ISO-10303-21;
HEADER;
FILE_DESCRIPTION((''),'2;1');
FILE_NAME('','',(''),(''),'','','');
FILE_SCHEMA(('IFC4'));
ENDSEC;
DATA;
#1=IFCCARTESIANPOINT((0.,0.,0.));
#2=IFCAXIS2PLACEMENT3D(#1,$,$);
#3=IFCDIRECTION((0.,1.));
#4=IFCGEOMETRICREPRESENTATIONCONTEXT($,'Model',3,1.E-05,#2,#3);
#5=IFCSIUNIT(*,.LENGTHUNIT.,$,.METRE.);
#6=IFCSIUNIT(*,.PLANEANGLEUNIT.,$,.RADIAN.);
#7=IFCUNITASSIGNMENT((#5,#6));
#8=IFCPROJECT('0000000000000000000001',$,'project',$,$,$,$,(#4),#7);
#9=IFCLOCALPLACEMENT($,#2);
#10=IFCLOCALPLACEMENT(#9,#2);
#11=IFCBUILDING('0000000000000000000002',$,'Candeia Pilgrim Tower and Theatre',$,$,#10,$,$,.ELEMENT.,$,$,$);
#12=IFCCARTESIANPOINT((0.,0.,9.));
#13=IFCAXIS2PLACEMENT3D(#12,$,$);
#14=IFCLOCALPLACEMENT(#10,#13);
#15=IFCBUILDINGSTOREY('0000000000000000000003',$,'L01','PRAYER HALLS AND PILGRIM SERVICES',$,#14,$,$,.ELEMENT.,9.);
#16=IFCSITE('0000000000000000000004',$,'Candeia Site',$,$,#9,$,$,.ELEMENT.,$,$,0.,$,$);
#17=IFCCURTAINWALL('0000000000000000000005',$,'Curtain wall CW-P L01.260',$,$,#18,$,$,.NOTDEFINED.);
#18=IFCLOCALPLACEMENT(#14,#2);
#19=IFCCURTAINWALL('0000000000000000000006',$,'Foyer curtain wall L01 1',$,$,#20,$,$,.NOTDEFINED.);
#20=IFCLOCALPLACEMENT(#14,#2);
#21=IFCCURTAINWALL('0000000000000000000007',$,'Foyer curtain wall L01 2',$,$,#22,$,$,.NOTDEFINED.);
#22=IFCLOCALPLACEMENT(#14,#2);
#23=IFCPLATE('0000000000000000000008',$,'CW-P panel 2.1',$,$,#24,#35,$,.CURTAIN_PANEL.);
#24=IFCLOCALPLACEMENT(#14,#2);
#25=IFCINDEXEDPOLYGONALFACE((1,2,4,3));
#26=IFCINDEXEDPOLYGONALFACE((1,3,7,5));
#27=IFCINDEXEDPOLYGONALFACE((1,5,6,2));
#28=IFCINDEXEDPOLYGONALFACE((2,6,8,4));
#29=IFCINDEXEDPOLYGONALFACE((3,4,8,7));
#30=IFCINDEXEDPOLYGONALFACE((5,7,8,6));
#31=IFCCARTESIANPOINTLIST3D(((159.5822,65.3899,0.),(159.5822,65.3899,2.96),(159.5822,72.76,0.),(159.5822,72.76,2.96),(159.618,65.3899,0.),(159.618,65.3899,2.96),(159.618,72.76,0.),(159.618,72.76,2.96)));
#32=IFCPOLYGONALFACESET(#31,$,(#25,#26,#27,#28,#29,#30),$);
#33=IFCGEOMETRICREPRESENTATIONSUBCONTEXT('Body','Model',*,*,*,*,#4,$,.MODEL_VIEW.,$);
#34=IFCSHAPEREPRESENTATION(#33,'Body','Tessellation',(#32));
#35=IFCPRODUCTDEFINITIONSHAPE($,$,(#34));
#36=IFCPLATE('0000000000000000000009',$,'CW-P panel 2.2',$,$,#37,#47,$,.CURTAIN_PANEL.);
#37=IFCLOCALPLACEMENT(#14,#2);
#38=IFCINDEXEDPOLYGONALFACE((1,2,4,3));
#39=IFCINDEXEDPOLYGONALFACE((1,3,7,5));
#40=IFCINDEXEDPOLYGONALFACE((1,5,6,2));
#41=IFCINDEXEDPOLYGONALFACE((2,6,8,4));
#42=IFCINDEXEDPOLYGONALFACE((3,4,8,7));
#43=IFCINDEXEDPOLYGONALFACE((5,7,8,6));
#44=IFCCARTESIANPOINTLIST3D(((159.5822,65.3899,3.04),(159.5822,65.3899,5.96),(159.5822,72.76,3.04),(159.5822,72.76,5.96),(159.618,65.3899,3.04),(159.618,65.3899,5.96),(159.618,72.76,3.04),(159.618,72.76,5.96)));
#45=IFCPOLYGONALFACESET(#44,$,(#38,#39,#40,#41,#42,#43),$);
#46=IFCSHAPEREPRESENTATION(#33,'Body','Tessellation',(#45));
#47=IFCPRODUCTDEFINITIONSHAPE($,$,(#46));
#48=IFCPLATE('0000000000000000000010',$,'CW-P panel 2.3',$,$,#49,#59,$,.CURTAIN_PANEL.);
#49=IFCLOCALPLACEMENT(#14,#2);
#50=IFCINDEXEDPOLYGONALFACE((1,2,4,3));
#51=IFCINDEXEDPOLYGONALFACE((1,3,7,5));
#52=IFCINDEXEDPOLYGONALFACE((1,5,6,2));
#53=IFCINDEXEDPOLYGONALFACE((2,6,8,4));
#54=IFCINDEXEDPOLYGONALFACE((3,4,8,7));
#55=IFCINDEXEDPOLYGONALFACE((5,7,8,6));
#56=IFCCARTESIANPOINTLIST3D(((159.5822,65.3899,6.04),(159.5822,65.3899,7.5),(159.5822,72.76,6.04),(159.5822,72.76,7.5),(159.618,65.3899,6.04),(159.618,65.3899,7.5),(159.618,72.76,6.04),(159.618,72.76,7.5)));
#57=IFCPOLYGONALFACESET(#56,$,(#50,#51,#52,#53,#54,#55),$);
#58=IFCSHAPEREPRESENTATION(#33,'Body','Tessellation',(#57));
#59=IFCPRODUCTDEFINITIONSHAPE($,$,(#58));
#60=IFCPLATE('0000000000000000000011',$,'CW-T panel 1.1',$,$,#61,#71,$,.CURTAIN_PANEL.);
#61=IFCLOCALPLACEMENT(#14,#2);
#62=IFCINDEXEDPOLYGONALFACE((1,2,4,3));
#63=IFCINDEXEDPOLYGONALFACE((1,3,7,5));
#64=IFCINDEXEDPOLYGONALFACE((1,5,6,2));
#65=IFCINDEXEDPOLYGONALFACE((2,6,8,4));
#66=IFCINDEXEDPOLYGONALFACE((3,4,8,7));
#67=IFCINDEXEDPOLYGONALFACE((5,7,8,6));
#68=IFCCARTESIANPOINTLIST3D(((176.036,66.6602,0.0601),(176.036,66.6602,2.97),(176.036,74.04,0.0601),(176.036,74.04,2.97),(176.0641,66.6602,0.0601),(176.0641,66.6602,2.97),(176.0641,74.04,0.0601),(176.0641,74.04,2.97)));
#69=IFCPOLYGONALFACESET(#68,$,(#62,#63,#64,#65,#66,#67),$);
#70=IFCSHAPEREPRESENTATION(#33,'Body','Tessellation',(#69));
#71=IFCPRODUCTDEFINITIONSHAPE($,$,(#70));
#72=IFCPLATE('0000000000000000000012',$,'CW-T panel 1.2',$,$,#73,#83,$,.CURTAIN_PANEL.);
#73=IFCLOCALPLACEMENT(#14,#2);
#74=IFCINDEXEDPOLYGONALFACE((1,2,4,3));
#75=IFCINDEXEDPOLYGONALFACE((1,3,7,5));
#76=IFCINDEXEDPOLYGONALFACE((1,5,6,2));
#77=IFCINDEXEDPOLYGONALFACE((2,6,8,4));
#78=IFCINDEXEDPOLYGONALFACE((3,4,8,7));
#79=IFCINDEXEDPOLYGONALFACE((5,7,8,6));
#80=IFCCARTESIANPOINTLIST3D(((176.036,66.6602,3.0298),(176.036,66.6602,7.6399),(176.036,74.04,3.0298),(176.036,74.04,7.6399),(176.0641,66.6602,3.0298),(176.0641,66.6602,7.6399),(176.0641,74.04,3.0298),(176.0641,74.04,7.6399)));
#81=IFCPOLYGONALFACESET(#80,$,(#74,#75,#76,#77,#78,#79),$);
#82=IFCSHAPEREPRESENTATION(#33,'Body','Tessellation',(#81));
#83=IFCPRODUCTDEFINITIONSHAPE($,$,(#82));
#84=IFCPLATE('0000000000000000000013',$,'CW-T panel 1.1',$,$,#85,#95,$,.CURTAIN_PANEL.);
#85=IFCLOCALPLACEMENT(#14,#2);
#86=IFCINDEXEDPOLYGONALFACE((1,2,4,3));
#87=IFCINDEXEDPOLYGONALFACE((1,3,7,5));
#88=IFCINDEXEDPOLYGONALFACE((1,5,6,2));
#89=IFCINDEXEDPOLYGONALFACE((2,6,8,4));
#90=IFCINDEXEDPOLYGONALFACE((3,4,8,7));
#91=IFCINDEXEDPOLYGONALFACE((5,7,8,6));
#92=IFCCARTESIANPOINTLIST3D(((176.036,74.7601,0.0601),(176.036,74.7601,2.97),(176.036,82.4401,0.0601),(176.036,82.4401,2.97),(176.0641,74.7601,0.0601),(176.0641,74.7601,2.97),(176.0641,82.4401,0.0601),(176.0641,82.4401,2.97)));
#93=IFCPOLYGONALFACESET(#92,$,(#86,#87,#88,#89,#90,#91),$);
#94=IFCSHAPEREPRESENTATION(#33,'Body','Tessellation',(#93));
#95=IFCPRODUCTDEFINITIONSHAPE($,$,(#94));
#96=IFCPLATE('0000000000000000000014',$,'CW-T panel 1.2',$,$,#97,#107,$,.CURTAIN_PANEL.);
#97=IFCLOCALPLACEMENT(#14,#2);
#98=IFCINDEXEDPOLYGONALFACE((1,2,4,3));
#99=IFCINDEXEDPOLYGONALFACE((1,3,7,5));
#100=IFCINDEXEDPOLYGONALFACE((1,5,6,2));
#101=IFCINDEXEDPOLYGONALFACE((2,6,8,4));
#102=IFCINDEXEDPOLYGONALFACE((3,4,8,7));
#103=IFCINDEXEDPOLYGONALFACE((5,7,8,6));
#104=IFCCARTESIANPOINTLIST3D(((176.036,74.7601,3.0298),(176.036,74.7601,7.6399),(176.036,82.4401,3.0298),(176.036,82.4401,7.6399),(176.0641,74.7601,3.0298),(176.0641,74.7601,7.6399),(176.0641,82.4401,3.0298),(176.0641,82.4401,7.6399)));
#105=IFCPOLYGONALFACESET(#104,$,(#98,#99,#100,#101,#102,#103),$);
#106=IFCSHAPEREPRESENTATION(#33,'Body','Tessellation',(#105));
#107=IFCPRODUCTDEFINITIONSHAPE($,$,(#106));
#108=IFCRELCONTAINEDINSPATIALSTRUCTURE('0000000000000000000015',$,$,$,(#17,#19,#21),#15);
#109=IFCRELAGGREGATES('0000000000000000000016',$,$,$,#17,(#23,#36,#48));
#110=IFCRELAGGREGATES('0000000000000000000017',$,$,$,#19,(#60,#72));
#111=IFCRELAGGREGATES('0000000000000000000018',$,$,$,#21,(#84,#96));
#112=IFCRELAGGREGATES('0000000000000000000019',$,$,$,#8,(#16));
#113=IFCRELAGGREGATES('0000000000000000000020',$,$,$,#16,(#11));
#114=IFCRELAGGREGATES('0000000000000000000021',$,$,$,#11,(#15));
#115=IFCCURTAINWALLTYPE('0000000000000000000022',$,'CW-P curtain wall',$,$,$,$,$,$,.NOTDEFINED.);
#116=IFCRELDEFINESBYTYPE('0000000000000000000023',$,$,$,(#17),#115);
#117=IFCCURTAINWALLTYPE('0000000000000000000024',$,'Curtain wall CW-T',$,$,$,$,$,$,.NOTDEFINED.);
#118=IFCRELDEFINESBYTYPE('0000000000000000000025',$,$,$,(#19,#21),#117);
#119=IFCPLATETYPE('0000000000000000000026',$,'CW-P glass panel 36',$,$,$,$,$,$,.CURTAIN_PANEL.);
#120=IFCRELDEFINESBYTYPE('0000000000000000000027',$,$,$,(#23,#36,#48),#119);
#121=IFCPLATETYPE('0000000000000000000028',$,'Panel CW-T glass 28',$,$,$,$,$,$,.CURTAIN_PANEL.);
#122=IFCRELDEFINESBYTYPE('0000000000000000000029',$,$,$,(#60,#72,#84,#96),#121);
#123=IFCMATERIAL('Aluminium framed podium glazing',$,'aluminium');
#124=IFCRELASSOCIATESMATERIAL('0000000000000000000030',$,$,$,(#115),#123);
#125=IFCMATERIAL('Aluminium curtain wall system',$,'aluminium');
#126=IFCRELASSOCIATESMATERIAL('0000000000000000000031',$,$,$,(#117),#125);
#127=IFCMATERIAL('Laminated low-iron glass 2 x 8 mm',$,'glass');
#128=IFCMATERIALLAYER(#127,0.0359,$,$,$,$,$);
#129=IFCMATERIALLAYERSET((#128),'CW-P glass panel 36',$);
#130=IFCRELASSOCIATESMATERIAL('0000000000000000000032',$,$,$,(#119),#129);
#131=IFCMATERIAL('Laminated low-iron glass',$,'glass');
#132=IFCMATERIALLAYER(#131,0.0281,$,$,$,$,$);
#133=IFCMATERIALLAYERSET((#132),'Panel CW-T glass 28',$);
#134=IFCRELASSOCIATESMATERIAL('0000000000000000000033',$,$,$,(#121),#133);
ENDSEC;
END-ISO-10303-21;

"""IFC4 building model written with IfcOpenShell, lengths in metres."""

from ifc_helpers import new_model, si_unit, direction, frame, origin, origin_2d, place, context, subcontext, project, spatial, rectangle, extrude, material, layer, layer_set, type_object, element, aggregate, save


model = new_model("IFC4")

# Units and contexts
model_context = context("Model", 3, precision=1e-05, world=origin(), true_north=direction((0.0, 1.0)))
body_context = subcontext(model_context, "Body", "Model", "MODEL_VIEW")
ifc_project = project(units=[si_unit("LENGTHUNIT", "METRE"), si_unit("PLANEANGLEUNIT", "RADIAN")], contexts=[model_context])

# Site, building, storey
site_placement = place(None, origin())
site = spatial("IfcSite", under=ifc_project, at=site_placement, Name="Candeia Site", CompositionType="ELEMENT", RefElevation=0.0)
building_placement = place(site_placement, origin())
building = spatial("IfcBuilding", under=site, at=building_placement, Name="Candeia Pilgrim Tower and Theatre", CompositionType="ELEMENT")
storey_placement = place(building_placement, frame((0.0, 0.0, 9.0)))
storey = spatial("IfcBuildingStorey", under=building, at=storey_placement, Name="L01", Description="PRAYER HALLS AND PILGRIM SERVICES", CompositionType="ELEMENT", Elevation=9.0)

# Shared definitions
ifc_material_1 = material(Name="Aluminium framed podium glazing", Category="aluminium")
curtain_wall_type_1 = type_object("IfcCurtainWallType", Name="CW-P curtain wall", PredefinedType="NOTDEFINED", material=ifc_material_1)

# Curtain walls
curtain_wall_1_placement = place(storey_placement, origin())
curtain_wall_1 = element("IfcCurtainWall", 1, at=curtain_wall_1_placement, inside=storey, type_object=curtain_wall_type_1, Name="Curtain wall CW-P L01.260", PredefinedType="NOTDEFINED")
ifc_material_2 = material(Name="Aluminium curtain wall system", Category="aluminium")
curtain_wall_type_2 = type_object("IfcCurtainWallType", Name="Curtain wall CW-T", PredefinedType="NOTDEFINED", material=ifc_material_2)
curtain_wall_2_placement = place(storey_placement, origin())
curtain_wall_2 = element("IfcCurtainWall", 2, at=curtain_wall_2_placement, inside=storey, type_object=curtain_wall_type_2, Name="Foyer curtain wall L01 1", PredefinedType="NOTDEFINED")
curtain_wall_3_placement = place(storey_placement, origin())
curtain_wall_3 = element("IfcCurtainWall", 3, at=curtain_wall_3_placement, inside=storey, type_object=curtain_wall_type_2, Name="Foyer curtain wall L01 2", PredefinedType="NOTDEFINED")

# Plates
ifc_material_3 = material(Name="Laminated low-iron glass 2 x 8 mm", Category="glass")
ifc_layer_1 = layer(ifc_material_3, 0.0359)
ifc_layer_set_1 = layer_set([ifc_layer_1], Name="CW-P glass panel 36")
plate_type_1 = type_object("IfcPlateType", Name="CW-P glass panel 36", PredefinedType="CURTAIN_PANEL", material=ifc_layer_set_1)
plate_1_placement = place(storey_placement, frame((159.6001, 69.075, 0.0), z_axis=(0.0, 0.0, 1.0), x_axis=(0.0, -1.0, 0.0)))
plate_1 = element("IfcPlate", 4, at=plate_1_placement, type_object=plate_type_1, Name="CW-P panel 2.1", PredefinedType="CURTAIN_PANEL", context=body_context, shape_type="SweptSolid", body=[
    extrude(rectangle(XDim=7.3701, YDim=0.0359, at=origin_2d()), origin(), (0.0, 0.0, 1.0), 2.96),
])
plate_2_placement = place(storey_placement, frame((159.6001, 69.075, 3.04), z_axis=(0.0, 0.0, 1.0), x_axis=(0.0, -1.0, 0.0)))
plate_2 = element("IfcPlate", 5, at=plate_2_placement, type_object=plate_type_1, Name="CW-P panel 2.2", PredefinedType="CURTAIN_PANEL", context=body_context, shape_type="SweptSolid", body=[
    extrude(rectangle(XDim=7.3701, YDim=0.0359, at=origin_2d()), origin(), (0.0, 0.0, 1.0), 2.9199),
])
plate_3_placement = place(storey_placement, frame((159.6001, 69.075, 6.04), z_axis=(0.0, 0.0, 1.0), x_axis=(0.0, -1.0, 0.0)))
plate_3 = element("IfcPlate", 6, at=plate_3_placement, type_object=plate_type_1, Name="CW-P panel 2.3", PredefinedType="CURTAIN_PANEL", context=body_context, shape_type="SweptSolid", body=[
    extrude(rectangle(XDim=7.3701, YDim=0.0359, at=origin_2d()), origin(), (0.0, 0.0, 1.0), 1.46),
])
aggregate(curtain_wall_1, [plate_1, plate_2, plate_3])
ifc_material_4 = material(Name="Laminated low-iron glass", Category="glass")
ifc_layer_2 = layer(ifc_material_4, 0.0281)
ifc_layer_set_2 = layer_set([ifc_layer_2], Name="Panel CW-T glass 28")
plate_type_2 = type_object("IfcPlateType", Name="Panel CW-T glass 28", PredefinedType="CURTAIN_PANEL", material=ifc_layer_set_2)
plate_4_placement = place(storey_placement, frame((176.05, 70.3501, 0.0601), z_axis=(0.0, 0.0, 1.0), x_axis=(0.0, 1.0, 0.0)))
plate_4 = element("IfcPlate", 7, at=plate_4_placement, type_object=plate_type_2, Name="CW-T panel 1.1", PredefinedType="CURTAIN_PANEL", context=body_context, shape_type="SweptSolid", body=[
    extrude(rectangle(XDim=7.3799, YDim=0.0281, at=origin_2d()), origin(), (0.0, 0.0, 1.0), 2.9099),
])
plate_5_placement = place(storey_placement, frame((176.05, 70.3501, 3.0298), z_axis=(0.0, 0.0, 1.0), x_axis=(0.0, 1.0, 0.0)))
plate_5 = element("IfcPlate", 8, at=plate_5_placement, type_object=plate_type_2, Name="CW-T panel 1.2", PredefinedType="CURTAIN_PANEL", context=body_context, shape_type="SweptSolid", body=[
    extrude(rectangle(XDim=7.3799, YDim=0.0281, at=origin_2d()), origin(), (0.0, 0.0, 1.0), 4.6101),
])
aggregate(curtain_wall_2, [plate_4, plate_5])
plate_6_placement = place(storey_placement, frame((176.05, 78.6001, 0.0601), z_axis=(0.0, 0.0, 1.0), x_axis=(0.0, 1.0, 0.0)))
plate_6 = element("IfcPlate", 9, at=plate_6_placement, type_object=plate_type_2, Name="CW-T panel 1.1", PredefinedType="CURTAIN_PANEL", context=body_context, shape_type="SweptSolid", body=[
    extrude(rectangle(XDim=7.6799, YDim=0.0281, at=origin_2d()), origin(), (0.0, 0.0, 1.0), 2.9099),
])
plate_7_placement = place(storey_placement, frame((176.05, 78.6001, 3.0298), z_axis=(0.0, 0.0, 1.0), x_axis=(0.0, 1.0, 0.0)))
plate_7 = element("IfcPlate", 10, at=plate_7_placement, type_object=plate_type_2, Name="CW-T panel 1.2", PredefinedType="CURTAIN_PANEL", context=body_context, shape_type="SweptSolid", body=[
    extrude(rectangle(XDim=7.6799, YDim=0.0281, at=origin_2d()), origin(), (0.0, 0.0, 1.0), 4.6101),
])
aggregate(curtain_wall_3, [plate_6, plate_7])

save(model, "model.ifc")
